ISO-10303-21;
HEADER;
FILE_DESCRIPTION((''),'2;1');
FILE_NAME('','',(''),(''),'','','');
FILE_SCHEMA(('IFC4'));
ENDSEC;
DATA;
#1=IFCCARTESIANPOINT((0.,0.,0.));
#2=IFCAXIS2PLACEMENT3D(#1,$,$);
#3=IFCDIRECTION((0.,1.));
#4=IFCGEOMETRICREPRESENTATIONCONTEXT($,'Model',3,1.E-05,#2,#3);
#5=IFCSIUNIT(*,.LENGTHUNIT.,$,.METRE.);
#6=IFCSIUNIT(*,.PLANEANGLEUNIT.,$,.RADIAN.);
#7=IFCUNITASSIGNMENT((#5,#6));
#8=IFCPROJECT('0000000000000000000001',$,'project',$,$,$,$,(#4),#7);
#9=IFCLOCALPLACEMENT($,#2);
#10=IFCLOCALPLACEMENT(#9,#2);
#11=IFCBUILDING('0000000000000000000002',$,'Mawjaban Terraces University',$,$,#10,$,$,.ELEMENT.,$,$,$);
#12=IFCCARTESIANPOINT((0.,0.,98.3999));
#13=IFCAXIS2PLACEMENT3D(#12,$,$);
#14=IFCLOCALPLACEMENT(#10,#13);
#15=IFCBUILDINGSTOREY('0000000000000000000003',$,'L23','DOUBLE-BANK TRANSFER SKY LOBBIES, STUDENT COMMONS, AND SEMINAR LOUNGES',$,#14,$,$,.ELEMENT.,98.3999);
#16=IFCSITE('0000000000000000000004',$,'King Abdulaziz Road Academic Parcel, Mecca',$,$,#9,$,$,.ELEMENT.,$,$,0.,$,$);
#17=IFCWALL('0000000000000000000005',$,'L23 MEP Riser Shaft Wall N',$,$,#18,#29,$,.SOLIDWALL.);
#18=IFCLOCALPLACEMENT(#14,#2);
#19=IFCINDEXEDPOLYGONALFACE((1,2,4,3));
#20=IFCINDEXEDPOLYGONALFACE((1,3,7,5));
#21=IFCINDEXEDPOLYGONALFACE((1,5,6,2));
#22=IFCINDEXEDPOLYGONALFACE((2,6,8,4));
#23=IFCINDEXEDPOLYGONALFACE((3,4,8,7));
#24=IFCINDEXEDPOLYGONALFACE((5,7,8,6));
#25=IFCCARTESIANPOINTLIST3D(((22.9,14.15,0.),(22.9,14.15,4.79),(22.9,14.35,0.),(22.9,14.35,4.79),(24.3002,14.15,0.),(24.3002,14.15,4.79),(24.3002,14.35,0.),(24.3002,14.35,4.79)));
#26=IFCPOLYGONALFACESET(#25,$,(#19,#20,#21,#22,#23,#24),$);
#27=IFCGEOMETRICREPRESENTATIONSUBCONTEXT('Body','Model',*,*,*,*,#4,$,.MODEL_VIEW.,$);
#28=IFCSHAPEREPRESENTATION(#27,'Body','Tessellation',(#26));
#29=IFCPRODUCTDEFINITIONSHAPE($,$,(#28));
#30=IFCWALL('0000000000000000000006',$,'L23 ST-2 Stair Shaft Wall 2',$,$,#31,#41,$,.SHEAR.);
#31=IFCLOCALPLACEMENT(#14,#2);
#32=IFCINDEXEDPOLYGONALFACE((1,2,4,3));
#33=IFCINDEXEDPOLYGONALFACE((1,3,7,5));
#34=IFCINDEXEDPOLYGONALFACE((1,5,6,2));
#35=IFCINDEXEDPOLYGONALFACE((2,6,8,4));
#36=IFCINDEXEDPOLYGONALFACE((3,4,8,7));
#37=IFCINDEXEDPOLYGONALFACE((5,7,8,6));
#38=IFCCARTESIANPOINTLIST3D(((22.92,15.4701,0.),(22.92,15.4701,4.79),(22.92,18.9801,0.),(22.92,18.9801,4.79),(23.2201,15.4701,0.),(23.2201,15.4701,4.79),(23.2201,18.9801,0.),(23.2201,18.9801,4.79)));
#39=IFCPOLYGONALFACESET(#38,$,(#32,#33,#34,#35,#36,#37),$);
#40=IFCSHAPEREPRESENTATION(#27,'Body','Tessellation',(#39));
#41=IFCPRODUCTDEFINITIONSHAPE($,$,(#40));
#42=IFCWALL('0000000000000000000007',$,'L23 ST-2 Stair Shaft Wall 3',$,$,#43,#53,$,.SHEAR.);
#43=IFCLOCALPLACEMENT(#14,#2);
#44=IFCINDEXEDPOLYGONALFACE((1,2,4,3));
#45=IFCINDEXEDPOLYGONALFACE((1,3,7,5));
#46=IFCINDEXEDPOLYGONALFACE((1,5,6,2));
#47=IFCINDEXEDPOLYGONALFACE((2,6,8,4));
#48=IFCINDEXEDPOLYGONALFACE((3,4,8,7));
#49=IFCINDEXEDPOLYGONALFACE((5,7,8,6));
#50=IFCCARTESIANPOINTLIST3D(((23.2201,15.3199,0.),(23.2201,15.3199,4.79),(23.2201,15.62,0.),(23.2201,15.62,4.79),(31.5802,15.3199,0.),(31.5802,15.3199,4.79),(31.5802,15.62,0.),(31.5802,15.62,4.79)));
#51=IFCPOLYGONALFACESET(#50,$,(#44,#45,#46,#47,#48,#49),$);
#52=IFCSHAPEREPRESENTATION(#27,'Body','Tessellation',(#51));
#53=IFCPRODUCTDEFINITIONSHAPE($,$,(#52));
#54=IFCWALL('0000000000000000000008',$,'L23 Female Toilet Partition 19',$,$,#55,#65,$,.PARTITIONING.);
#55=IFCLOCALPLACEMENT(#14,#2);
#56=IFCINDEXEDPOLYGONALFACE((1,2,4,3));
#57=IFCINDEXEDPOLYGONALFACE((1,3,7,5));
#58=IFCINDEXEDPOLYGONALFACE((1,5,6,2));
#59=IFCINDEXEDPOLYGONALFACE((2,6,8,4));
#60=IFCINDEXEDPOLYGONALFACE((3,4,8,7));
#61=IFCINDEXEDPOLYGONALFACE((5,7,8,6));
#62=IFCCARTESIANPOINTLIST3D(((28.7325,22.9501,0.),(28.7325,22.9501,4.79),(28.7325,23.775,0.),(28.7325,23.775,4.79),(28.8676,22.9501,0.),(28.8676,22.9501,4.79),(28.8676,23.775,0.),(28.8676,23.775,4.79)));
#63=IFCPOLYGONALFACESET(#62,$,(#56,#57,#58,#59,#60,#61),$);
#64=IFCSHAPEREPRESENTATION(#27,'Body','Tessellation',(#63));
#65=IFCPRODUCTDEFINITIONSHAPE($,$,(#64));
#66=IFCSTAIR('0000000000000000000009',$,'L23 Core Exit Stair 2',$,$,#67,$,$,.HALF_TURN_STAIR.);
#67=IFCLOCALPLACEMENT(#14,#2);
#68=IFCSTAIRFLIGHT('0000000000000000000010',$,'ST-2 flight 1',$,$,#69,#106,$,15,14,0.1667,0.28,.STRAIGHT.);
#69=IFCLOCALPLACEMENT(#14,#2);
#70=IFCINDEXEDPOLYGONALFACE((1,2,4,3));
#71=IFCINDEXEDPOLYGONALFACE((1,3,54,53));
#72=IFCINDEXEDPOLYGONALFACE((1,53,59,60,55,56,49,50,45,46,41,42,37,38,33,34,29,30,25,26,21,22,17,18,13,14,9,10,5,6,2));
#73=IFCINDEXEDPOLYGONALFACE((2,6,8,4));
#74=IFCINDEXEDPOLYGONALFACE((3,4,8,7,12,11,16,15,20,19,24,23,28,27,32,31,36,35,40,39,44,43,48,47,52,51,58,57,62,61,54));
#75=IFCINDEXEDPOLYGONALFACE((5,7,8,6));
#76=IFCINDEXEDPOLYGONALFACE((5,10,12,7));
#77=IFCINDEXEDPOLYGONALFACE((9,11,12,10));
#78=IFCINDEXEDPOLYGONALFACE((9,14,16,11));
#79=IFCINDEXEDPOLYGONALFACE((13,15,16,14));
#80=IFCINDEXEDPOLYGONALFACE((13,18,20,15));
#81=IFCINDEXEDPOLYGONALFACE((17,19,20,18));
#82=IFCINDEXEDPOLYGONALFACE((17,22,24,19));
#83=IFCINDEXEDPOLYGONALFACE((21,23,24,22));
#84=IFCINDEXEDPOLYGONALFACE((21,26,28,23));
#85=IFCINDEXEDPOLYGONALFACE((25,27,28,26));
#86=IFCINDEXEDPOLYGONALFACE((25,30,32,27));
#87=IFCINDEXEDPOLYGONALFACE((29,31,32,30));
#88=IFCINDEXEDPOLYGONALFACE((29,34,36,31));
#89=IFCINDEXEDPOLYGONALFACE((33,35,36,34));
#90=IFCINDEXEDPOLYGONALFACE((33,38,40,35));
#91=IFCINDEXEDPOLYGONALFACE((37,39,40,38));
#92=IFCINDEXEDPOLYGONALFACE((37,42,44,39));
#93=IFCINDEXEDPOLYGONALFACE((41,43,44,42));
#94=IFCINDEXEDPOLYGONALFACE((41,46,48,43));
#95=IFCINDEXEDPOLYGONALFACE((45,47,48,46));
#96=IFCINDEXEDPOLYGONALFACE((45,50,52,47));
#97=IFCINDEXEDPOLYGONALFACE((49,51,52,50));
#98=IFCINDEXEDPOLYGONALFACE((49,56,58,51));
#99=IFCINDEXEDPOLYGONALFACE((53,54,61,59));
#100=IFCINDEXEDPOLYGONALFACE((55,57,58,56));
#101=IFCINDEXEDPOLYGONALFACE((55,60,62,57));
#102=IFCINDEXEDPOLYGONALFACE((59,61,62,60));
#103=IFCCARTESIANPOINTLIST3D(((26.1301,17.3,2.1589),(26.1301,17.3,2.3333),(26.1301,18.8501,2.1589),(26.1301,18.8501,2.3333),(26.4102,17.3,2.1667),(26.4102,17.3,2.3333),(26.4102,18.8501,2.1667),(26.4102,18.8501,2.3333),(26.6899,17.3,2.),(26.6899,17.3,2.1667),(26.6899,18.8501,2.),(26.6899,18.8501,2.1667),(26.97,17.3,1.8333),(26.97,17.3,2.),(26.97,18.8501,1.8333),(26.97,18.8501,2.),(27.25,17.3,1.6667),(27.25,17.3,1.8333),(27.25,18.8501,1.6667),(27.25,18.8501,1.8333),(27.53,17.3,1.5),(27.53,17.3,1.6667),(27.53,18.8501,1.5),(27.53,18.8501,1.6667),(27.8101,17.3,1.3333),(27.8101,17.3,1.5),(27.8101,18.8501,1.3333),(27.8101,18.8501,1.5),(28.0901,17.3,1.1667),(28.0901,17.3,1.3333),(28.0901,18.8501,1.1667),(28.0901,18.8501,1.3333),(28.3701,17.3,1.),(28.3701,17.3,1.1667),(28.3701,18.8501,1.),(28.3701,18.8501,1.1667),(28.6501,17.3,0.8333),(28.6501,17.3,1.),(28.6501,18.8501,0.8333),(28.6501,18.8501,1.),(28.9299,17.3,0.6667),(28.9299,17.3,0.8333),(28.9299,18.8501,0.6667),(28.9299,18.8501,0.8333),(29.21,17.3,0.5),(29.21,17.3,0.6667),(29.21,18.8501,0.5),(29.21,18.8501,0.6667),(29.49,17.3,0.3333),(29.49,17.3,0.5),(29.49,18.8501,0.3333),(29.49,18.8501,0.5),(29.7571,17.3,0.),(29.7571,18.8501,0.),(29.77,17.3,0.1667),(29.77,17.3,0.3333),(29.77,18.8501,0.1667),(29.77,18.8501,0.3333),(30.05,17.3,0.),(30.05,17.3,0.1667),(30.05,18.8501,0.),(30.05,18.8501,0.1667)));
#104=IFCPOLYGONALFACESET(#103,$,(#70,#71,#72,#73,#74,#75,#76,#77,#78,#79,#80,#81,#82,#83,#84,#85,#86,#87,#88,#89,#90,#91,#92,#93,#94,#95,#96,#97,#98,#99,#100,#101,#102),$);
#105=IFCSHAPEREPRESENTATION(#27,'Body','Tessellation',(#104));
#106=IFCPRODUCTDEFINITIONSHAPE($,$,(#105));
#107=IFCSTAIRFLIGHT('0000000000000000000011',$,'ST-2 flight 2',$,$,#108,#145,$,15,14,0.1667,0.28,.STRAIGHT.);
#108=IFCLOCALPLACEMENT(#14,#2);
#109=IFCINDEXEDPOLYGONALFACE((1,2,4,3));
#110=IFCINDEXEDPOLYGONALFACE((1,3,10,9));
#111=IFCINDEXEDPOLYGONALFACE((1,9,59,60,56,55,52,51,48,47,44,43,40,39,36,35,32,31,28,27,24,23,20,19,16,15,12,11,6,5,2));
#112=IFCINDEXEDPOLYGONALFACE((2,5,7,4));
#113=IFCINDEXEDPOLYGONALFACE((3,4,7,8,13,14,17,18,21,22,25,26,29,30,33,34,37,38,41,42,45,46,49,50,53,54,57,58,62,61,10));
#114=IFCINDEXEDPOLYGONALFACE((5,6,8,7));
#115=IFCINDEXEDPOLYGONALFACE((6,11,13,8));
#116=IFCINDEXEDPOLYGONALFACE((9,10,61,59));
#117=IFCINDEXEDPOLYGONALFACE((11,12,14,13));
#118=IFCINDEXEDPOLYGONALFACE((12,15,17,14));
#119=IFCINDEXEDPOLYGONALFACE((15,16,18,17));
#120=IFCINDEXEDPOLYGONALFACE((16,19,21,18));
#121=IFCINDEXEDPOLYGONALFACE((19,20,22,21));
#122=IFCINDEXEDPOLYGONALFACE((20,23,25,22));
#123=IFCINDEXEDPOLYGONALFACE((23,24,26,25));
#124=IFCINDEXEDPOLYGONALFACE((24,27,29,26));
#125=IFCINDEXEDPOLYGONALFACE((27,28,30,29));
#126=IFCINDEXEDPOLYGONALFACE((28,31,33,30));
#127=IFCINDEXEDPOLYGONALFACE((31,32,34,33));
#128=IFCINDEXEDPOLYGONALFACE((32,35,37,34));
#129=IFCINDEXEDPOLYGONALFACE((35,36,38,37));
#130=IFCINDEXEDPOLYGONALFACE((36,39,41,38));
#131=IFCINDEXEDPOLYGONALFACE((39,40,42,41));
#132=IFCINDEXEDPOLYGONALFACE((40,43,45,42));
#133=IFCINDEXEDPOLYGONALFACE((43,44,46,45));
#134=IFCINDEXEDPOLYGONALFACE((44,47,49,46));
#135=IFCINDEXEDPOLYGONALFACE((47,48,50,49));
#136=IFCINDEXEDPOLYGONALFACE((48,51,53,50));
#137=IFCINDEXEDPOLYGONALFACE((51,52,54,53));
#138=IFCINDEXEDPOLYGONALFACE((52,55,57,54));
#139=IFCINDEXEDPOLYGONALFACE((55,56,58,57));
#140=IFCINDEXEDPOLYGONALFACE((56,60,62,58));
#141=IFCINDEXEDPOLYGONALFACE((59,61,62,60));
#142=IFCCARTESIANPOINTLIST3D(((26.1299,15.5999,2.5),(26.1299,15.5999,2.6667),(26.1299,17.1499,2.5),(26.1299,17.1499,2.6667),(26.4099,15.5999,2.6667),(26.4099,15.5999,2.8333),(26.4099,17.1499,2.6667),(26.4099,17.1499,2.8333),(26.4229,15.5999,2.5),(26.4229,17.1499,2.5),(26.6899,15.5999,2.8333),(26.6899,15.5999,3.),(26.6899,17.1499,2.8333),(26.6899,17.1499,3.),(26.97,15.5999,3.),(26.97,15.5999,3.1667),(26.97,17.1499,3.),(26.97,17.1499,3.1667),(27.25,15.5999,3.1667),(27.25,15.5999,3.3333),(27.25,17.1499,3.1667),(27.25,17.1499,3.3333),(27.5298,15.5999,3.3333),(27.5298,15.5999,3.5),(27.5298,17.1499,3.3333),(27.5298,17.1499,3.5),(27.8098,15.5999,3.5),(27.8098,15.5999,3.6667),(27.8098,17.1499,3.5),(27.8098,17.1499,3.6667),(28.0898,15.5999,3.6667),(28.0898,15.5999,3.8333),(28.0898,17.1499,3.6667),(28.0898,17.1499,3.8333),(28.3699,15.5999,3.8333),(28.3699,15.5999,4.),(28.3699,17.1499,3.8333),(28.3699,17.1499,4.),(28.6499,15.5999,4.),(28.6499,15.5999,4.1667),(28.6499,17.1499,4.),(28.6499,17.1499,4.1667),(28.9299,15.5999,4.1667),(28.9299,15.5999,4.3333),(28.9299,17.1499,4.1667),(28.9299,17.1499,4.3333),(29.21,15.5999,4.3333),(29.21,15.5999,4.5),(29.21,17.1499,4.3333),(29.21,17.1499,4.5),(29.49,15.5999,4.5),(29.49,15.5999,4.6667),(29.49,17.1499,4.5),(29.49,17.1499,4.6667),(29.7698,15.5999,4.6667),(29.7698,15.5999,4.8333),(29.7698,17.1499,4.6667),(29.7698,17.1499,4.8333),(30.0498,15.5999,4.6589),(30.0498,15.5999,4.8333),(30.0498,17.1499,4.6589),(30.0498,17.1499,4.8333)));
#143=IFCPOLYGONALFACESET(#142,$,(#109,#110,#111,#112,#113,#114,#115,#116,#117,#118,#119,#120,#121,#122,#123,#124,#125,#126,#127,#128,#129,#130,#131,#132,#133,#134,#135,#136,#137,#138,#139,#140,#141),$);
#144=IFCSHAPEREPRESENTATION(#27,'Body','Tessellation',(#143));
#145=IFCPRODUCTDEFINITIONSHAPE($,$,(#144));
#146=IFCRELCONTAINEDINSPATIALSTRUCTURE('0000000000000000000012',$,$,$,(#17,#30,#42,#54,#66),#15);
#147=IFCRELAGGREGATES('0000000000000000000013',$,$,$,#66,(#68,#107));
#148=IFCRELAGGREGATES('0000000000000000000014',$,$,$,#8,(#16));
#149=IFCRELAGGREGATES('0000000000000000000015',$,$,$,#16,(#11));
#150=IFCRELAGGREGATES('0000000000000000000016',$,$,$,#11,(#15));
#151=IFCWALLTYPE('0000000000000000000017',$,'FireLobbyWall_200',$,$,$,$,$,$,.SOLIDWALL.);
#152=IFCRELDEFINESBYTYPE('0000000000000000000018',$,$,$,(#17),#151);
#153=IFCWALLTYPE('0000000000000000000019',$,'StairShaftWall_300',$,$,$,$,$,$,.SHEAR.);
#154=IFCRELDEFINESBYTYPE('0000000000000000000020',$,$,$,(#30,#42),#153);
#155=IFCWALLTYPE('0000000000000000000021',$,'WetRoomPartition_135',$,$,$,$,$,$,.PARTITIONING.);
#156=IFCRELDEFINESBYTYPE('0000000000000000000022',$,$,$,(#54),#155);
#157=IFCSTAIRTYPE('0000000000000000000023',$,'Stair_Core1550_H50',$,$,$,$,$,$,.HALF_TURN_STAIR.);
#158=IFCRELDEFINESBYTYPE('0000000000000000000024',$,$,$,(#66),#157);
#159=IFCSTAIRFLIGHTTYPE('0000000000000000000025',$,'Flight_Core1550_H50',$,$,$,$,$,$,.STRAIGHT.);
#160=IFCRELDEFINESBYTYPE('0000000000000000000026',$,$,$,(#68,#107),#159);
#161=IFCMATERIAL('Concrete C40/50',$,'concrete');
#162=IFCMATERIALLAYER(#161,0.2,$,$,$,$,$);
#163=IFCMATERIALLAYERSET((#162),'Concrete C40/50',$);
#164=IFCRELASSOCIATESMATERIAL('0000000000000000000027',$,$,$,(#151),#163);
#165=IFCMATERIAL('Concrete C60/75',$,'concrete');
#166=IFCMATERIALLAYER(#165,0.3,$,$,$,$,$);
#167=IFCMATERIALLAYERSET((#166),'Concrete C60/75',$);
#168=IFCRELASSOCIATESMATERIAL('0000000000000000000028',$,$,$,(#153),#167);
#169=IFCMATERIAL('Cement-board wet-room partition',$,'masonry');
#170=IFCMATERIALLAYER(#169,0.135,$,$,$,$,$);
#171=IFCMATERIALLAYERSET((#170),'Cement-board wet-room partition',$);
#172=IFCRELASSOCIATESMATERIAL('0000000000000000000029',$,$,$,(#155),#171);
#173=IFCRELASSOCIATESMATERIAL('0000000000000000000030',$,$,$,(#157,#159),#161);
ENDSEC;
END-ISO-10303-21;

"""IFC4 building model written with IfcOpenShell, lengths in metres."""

from ifc_helpers import new_model, si_unit, direction, frame, frame_2d, origin, place, context, subcontext, project, spatial, polyline, rectangle, outline, extrude, material, layer, layer_set, type_object, element, aggregate, save


model = new_model("IFC4")

# Units and contexts
model_context = context("Model", 3, precision=1e-05, world=origin(), true_north=direction((0.0, 1.0)))
body_context = subcontext(model_context, "Body", "Model", "MODEL_VIEW")
ifc_project = project(units=[si_unit("LENGTHUNIT", "METRE"), si_unit("PLANEANGLEUNIT", "RADIAN")], contexts=[model_context])

# Site, building, storey
site_placement = place(None, origin())
site = spatial("IfcSite", under=ifc_project, at=site_placement, Name="King Abdulaziz Road Academic Parcel, Mecca", CompositionType="ELEMENT", RefElevation=0.0)
building_placement = place(site_placement, origin())
building = spatial("IfcBuilding", under=site, at=building_placement, Name="Mawjaban Terraces University", CompositionType="ELEMENT")
storey_placement = place(building_placement, frame((0.0, 0.0, 98.3999)))
storey = spatial("IfcBuildingStorey", under=building, at=storey_placement, Name="L23", Description="DOUBLE-BANK TRANSFER SKY LOBBIES, STUDENT COMMONS, AND SEMINAR LOUNGES", CompositionType="ELEMENT", Elevation=98.3999)

# Shared definitions
ifc_material_1 = material(Name="Concrete C60/75", Category="concrete")

# Walls
ifc_material_2 = material(Name="Concrete C40/50", Category="concrete")
ifc_layer_1 = layer(ifc_material_2, 0.2)
ifc_layer_set_1 = layer_set([ifc_layer_1], Name="Concrete C40/50")
wall_type_1 = type_object("IfcWallType", Name="FireLobbyWall_200", PredefinedType="SOLIDWALL", material=ifc_layer_set_1)
wall_1_placement = place(storey_placement, frame((22.8999, 14.25, 0.0), z_axis=(0.0, 0.0, 1.0), x_axis=(1.0, 0.0, 0.0)))
element("IfcWall", 1, at=wall_1_placement, inside=storey, type_object=wall_type_1, Name="L23 MEP Riser Shaft Wall N", PredefinedType="SOLIDWALL", context=body_context, shape_type="SweptSolid", body=[
    extrude(rectangle(XDim=1.4001, YDim=0.2, at=frame_2d((0.7002, 0.0))), origin(), (0.0, 0.0, 1.0), 4.79),
])
ifc_layer_2 = layer(ifc_material_1, 0.3)
ifc_layer_set_2 = layer_set([ifc_layer_2], Name="Concrete C60/75")
wall_type_2 = type_object("IfcWallType", Name="StairShaftWall_300", PredefinedType="SHEAR", material=ifc_layer_set_2)
wall_2_placement = place(storey_placement, frame((23.0701, 18.98, 0.0), z_axis=(0.0, 0.0, 1.0), x_axis=(0.0, -1.0, 0.0)))
element("IfcWall", 2, at=wall_2_placement, inside=storey, type_object=wall_type_2, Name="L23 ST-2 Stair Shaft Wall 2", PredefinedType="SHEAR", context=body_context, shape_type="SweptSolid", body=[
    extrude(rectangle(XDim=3.51, YDim=0.3, at=frame_2d((1.7549, 0.0))), origin(), (0.0, 0.0, 1.0), 4.79),
])
wall_3_placement = place(storey_placement, frame((23.22, 15.47, 0.0), z_axis=(0.0, 0.0, 1.0), x_axis=(1.0, 0.0, 0.0)))
element("IfcWall", 3, at=wall_3_placement, inside=storey, type_object=wall_type_2, Name="L23 ST-2 Stair Shaft Wall 3", PredefinedType="SHEAR", context=body_context, shape_type="SweptSolid", body=[
    extrude(rectangle(XDim=8.3601, YDim=0.3, at=frame_2d((4.1802, 0.0))), origin(), (0.0, 0.0, 1.0), 4.79),
])
ifc_material_3 = material(Name="Cement-board wet-room partition", Category="masonry")
ifc_layer_3 = layer(ifc_material_3, 0.135)
ifc_layer_set_3 = layer_set([ifc_layer_3], Name="Cement-board wet-room partition")
wall_type_3 = type_object("IfcWallType", Name="WetRoomPartition_135", PredefinedType="PARTITIONING", material=ifc_layer_set_3)
wall_4_placement = place(storey_placement, frame((28.8, 22.95, 0.0), z_axis=(0.0, 0.0, 1.0), x_axis=(0.0, 1.0, 0.0)))
element("IfcWall", 4, at=wall_4_placement, inside=storey, type_object=wall_type_3, Name="L23 Female Toilet Partition 19", PredefinedType="PARTITIONING", context=body_context, shape_type="SweptSolid", body=[
    extrude(rectangle(XDim=0.825, YDim=0.135, at=frame_2d((0.4126, 0.0))), origin(), (0.0, 0.0, 1.0), 4.79),
])

# Stair, stair flights
stair_type = type_object("IfcStairType", Name="Stair_Core1550_H50", PredefinedType="HALF_TURN_STAIR", material=ifc_material_2)
stair_placement = place(storey_placement, origin())
stair = element("IfcStair", 5, at=stair_placement, inside=storey, type_object=stair_type, Name="L23 Core Exit Stair 2", PredefinedType="HALF_TURN_STAIR")
stair_flight_type = type_object("IfcStairFlightType", Name="Flight_Core1550_H50", PredefinedType="STRAIGHT", material=ifc_material_2)
stair_flight_1_placement = place(storey_placement, frame((30.05, 18.075, 0.0), z_axis=(0.0, 0.0, 1.0), x_axis=(-1.0, 0.0, 0.0)))
stair_flight_1 = element("IfcStairFlight", 6, at=stair_flight_1_placement, type_object=stair_flight_type, Name="ST-2 flight 1", NumberOfRisers=15, NumberOfTreads=14, PredefinedType="STRAIGHT", RiserHeight=0.1667, TreadLength=0.28, context=body_context, shape_type="SweptSolid", body=[
    extrude(outline(polyline([(0.0, 0.0), (0.0, 0.1667), (0.28, 0.1667), (0.28, 0.3333), (0.5601, 0.3333), (0.5601, 0.5), (0.8401, 0.5), (0.8401, 0.6667), (1.1201, 0.6667), (1.1201, 0.8333), (1.3999, 0.8333), (1.3999, 1.0), (1.6799, 1.0), (1.6799, 1.1667), (1.96, 1.1667), (1.96, 1.3333), (2.24, 1.3333), (2.24, 1.5), (2.52, 1.5), (2.52, 1.6667), (2.8, 1.6667), (2.8, 1.8333), (3.0801, 1.8333), (3.0801, 2.0), (3.3601, 2.0), (3.3601, 2.1667), (3.6399, 2.1667), (3.6399, 2.3333), (3.9199, 2.3333), (3.9199, 2.5), (3.9199, 2.1589), (0.293, 0.0), (0.0, 0.0)])), frame((0.0, 0.7749, 0.0), z_axis=(0.0, -1.0, 0.0), x_axis=(1.0, 0.0, 0.0)), (0.0, 0.0, 1.0), 1.55),
])
stair_flight_2_placement = place(storey_placement, frame((26.1299, 16.375, 2.5), z_axis=(0.0, 0.0, 1.0), x_axis=(1.0, 0.0, 0.0)))
stair_flight_2 = element("IfcStairFlight", 7, at=stair_flight_2_placement, type_object=stair_flight_type, Name="ST-2 flight 2", NumberOfRisers=15, NumberOfTreads=14, PredefinedType="STRAIGHT", RiserHeight=0.1667, TreadLength=0.28, context=body_context, shape_type="SweptSolid", body=[
    extrude(outline(polyline([(0.0, 0.0), (0.0, 0.1667), (0.28, 0.1667), (0.28, 0.3333), (0.5601, 0.3333), (0.5601, 0.5), (0.8401, 0.5), (0.8401, 0.6667), (1.1201, 0.6667), (1.1201, 0.8333), (1.3999, 0.8333), (1.3999, 1.0), (1.6799, 1.0), (1.6799, 1.1667), (1.96, 1.1667), (1.96, 1.3333), (2.24, 1.3333), (2.24, 1.5), (2.52, 1.5), (2.52, 1.6667), (2.8, 1.6667), (2.8, 1.8333), (3.0801, 1.8333), (3.0801, 2.0), (3.3601, 2.0), (3.3601, 2.1667), (3.6399, 2.1667), (3.6399, 2.3333), (3.9199, 2.3333), (3.9199, 2.5), (3.9199, 2.1589), (0.293, 0.0), (0.0, 0.0)])), frame((0.0, 0.7749, 0.0), z_axis=(0.0, -1.0, 0.0), x_axis=(1.0, 0.0, 0.0)), (0.0, 0.0, 1.0), 1.55),
])
aggregate(stair, [stair_flight_1, stair_flight_2])

save(model, "model.ifc")
